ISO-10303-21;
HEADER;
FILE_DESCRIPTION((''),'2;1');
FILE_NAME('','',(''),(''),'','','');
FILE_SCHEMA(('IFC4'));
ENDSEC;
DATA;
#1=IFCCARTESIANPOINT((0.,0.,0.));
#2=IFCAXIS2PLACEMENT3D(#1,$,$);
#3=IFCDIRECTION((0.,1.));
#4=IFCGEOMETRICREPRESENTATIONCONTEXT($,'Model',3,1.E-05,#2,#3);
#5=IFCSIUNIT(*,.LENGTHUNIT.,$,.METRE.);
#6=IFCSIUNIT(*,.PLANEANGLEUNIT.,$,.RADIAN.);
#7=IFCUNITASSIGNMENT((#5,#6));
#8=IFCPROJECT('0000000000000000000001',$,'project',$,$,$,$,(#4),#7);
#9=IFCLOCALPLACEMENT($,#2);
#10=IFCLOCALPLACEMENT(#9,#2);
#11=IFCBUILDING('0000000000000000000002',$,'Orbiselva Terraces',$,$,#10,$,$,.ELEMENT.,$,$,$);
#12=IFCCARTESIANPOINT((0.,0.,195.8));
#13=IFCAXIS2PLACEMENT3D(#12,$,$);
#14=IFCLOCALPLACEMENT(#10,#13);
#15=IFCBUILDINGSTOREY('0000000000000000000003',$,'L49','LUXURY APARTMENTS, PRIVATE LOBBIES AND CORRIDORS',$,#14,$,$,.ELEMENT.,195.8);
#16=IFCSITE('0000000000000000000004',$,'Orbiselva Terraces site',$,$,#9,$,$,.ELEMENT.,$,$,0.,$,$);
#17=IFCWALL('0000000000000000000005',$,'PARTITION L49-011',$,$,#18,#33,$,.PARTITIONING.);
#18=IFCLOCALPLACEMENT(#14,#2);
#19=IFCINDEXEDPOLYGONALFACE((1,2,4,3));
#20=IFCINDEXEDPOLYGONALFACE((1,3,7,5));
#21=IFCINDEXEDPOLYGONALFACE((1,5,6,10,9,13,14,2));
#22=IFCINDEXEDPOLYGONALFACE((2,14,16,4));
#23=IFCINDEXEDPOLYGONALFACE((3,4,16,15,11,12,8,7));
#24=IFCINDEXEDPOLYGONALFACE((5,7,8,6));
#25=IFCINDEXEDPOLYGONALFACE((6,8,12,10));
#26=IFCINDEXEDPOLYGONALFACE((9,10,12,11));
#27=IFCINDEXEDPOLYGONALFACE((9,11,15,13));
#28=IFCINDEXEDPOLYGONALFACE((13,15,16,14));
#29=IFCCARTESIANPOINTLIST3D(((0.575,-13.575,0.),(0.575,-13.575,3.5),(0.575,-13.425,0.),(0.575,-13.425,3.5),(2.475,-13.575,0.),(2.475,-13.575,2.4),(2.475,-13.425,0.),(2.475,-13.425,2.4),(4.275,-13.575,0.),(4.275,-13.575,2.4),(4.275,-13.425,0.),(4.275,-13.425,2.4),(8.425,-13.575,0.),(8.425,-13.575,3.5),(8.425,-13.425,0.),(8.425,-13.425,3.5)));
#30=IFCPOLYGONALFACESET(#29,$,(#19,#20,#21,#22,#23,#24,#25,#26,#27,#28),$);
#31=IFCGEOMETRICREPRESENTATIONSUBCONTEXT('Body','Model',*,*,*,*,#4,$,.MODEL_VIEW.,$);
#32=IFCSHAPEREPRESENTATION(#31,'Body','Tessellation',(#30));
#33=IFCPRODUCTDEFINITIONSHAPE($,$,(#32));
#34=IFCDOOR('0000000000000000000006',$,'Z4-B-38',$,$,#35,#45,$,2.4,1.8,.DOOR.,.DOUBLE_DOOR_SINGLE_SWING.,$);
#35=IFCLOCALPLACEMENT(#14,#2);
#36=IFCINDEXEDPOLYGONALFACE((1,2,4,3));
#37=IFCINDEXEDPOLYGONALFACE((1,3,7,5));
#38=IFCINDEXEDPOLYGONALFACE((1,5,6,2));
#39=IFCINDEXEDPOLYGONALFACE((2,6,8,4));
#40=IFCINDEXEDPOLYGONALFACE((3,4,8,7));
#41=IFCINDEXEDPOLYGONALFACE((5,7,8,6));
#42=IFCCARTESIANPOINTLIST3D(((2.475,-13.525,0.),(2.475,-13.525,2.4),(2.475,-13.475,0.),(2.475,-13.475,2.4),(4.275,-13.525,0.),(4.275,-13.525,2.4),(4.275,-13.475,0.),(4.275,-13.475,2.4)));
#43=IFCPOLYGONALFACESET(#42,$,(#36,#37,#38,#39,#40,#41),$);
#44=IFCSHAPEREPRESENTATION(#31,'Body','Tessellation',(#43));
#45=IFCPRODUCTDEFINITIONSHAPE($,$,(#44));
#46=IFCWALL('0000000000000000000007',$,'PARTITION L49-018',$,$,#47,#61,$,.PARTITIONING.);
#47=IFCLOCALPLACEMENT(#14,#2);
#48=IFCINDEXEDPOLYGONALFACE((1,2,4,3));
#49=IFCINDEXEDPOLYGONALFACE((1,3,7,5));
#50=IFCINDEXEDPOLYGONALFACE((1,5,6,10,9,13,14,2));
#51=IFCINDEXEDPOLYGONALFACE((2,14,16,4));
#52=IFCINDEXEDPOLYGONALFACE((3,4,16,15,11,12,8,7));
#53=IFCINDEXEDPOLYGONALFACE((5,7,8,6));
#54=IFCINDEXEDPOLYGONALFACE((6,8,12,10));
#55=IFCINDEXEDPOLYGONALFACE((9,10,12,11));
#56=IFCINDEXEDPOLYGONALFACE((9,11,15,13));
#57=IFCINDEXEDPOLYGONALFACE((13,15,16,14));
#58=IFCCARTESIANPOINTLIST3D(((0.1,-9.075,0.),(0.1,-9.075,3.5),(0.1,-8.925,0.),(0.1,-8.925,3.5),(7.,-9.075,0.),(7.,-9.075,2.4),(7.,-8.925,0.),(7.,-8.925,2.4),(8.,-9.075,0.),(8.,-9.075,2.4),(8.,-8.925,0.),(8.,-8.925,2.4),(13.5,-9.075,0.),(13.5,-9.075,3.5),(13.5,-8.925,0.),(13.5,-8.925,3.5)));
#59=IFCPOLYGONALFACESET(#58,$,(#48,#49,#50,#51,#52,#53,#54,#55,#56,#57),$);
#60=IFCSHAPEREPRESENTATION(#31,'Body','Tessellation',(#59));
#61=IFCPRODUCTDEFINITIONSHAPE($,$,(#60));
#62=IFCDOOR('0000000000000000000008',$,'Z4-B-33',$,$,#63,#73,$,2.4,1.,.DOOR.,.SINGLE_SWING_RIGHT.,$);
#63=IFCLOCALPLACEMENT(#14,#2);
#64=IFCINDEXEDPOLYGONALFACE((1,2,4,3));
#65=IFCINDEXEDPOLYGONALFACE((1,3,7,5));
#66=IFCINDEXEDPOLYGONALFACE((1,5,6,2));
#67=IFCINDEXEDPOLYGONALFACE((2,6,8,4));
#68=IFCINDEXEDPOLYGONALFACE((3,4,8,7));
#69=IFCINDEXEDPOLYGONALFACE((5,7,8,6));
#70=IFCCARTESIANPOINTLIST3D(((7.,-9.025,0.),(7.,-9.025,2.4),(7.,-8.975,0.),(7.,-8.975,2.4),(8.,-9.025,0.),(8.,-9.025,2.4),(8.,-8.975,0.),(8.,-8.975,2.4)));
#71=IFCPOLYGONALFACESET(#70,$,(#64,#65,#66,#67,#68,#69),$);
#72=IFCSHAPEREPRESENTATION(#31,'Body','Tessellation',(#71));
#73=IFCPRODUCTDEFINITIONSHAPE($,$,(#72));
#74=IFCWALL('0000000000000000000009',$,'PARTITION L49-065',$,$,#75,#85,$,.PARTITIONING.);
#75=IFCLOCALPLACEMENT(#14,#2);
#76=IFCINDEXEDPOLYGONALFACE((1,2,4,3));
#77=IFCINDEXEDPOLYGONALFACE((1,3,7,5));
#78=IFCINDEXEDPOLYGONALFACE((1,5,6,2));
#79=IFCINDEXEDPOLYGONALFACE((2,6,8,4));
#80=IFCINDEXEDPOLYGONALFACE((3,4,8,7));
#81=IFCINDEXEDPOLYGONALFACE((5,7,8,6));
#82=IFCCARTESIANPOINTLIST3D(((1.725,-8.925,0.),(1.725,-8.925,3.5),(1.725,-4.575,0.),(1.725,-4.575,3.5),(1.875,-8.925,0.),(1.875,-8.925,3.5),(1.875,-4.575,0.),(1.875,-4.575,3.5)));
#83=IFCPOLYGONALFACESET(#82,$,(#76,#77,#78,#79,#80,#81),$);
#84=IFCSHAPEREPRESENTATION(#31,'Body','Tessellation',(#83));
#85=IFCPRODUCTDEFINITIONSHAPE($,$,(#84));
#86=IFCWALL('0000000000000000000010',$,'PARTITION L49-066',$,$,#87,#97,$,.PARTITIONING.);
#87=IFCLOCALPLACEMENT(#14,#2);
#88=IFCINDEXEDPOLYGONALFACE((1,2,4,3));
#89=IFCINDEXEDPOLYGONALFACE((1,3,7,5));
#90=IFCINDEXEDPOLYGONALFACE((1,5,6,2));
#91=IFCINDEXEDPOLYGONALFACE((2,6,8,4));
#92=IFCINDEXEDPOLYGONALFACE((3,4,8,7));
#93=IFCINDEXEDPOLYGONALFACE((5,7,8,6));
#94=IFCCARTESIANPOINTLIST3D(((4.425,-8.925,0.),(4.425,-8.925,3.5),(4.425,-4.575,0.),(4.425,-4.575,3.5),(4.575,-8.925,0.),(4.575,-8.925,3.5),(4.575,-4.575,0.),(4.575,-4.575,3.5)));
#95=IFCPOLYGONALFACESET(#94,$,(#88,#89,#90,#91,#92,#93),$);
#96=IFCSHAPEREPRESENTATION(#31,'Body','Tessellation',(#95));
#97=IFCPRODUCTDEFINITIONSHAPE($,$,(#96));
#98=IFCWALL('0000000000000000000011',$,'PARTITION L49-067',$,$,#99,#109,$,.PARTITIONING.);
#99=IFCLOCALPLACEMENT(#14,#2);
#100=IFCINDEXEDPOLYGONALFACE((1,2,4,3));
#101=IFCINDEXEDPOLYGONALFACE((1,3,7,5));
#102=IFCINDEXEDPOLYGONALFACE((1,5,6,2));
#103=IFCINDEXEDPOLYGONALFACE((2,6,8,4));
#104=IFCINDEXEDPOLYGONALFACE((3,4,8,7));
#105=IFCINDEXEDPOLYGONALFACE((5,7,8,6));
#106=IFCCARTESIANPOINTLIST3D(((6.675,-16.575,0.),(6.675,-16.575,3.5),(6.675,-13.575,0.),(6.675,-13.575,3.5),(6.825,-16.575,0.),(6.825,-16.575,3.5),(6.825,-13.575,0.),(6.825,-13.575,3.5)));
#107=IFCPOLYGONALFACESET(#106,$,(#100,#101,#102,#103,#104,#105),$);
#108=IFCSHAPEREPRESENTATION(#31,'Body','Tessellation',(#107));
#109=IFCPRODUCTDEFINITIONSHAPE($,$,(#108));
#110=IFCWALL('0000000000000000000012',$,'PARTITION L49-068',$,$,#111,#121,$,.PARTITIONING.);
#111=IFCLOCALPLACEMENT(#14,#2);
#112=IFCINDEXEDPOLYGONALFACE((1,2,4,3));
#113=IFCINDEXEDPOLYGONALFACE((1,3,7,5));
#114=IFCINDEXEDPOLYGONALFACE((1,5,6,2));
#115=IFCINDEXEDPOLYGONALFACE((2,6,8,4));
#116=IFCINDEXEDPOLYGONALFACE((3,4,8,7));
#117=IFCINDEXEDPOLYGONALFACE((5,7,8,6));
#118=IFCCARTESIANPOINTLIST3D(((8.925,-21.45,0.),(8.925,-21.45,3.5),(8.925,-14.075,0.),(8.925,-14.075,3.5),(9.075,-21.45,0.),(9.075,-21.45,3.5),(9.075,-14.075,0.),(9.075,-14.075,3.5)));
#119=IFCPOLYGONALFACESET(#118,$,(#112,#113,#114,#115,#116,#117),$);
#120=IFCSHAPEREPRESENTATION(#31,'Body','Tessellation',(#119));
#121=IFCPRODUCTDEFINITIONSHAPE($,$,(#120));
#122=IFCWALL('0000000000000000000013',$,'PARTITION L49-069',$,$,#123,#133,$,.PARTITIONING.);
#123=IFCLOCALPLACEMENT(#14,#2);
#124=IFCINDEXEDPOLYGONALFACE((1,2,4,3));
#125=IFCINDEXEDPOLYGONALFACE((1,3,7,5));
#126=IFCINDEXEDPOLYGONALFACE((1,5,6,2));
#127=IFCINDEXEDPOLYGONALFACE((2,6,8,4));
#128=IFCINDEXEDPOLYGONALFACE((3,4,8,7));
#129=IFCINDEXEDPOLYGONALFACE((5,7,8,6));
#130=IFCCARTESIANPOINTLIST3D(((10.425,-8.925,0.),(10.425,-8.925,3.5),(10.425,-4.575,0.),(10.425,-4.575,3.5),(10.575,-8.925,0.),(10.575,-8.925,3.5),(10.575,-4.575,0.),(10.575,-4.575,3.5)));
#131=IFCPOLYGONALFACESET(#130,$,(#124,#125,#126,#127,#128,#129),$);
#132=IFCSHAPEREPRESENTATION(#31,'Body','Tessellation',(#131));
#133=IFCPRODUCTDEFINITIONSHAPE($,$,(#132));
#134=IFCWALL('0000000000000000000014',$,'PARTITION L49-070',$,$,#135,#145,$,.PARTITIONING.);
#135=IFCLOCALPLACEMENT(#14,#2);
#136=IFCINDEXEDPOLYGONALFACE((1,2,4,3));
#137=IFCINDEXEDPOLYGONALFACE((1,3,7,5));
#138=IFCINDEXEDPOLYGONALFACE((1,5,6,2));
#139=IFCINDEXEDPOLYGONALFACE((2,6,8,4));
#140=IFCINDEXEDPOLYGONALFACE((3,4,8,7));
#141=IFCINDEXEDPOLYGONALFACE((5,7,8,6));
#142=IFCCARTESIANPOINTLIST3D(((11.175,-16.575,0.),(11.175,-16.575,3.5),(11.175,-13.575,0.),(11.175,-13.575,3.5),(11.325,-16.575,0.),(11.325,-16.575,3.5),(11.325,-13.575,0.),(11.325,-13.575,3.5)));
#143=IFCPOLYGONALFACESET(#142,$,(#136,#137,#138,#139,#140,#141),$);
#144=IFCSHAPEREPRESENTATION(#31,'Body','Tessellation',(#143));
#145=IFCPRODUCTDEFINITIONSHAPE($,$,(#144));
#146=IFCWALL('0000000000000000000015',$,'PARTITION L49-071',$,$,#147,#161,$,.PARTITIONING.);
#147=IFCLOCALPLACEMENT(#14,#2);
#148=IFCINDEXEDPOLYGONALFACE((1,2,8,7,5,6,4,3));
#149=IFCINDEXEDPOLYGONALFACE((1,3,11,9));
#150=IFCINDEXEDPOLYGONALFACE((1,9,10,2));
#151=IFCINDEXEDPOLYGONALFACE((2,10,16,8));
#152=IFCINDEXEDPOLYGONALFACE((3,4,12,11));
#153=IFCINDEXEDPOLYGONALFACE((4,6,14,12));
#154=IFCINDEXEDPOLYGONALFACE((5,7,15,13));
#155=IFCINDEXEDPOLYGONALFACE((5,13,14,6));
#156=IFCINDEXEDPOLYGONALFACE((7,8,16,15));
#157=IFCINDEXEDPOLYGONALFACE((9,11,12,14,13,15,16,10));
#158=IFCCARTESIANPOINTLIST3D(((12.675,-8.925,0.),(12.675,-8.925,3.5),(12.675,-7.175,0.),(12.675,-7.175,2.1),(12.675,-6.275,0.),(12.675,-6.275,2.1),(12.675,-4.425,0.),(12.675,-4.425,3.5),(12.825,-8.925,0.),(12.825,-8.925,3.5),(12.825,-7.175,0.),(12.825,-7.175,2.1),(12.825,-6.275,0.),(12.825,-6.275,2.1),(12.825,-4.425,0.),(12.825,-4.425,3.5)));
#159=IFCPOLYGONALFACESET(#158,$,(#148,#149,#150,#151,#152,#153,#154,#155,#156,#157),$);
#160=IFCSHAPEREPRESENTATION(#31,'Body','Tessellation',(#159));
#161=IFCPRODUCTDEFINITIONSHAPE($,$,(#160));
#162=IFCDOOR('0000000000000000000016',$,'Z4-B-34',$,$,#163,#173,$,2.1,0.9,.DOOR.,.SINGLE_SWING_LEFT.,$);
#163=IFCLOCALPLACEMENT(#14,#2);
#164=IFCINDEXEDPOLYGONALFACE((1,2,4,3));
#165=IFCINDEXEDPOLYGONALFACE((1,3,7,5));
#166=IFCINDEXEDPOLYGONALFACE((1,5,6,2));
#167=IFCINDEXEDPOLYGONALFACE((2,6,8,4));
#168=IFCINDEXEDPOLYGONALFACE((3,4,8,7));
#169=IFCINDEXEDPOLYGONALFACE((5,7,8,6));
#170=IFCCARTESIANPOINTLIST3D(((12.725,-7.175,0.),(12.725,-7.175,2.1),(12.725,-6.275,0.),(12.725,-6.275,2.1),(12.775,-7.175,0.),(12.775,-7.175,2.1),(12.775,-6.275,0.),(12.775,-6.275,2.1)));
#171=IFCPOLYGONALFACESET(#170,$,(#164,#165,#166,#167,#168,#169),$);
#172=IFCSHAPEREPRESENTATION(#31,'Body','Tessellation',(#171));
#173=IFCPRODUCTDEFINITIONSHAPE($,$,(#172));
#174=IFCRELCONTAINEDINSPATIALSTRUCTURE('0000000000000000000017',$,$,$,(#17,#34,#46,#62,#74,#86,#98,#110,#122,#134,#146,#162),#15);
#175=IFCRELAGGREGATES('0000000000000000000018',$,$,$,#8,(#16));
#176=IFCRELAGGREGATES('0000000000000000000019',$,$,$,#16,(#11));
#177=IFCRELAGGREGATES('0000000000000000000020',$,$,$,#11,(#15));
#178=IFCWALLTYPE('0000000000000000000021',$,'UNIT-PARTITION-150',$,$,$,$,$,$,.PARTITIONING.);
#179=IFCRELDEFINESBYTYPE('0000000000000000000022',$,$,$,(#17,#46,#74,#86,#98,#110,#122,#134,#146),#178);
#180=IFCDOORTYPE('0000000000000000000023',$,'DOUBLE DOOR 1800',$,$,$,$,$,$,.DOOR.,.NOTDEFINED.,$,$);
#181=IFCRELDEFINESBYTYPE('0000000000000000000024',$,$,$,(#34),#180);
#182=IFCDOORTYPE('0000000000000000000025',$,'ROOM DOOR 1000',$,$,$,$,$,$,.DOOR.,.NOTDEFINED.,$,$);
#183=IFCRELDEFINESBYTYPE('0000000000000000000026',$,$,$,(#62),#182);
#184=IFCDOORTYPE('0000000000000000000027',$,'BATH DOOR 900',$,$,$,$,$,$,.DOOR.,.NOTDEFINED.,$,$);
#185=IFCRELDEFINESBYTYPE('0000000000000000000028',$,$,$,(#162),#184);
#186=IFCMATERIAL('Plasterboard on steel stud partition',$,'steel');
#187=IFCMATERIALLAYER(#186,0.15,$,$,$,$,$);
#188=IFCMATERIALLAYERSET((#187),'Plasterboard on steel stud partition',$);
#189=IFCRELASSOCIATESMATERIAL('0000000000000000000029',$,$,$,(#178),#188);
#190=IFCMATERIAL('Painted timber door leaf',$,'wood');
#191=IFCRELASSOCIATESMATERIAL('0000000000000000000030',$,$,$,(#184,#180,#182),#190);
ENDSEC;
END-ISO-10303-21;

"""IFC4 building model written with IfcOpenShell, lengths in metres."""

from ifc_helpers import new_model, si_unit, direction, frame, frame_2d, origin, place, context, subcontext, project, spatial, rectangle, extrude, material, layer, layer_set, type_object, element, fill, save


model = new_model("IFC4")

# Units and contexts
model_context = context("Model", 3, precision=1e-05, world=origin(), true_north=direction((0.0, 1.0)))
body_context = subcontext(model_context, "Body", "Model", "MODEL_VIEW")
ifc_project = project(units=[si_unit("LENGTHUNIT", "METRE"), si_unit("PLANEANGLEUNIT", "RADIAN")], contexts=[model_context])

# Site, building, storey
site_placement = place(None, origin())
site = spatial("IfcSite", under=ifc_project, at=site_placement, Name="Orbiselva Terraces site", CompositionType="ELEMENT", RefElevation=0.0)
building_placement = place(site_placement, origin())
building = spatial("IfcBuilding", under=site, at=building_placement, Name="Orbiselva Terraces", CompositionType="ELEMENT")
storey_placement = place(building_placement, frame((0.0, 0.0, 195.8)))
storey = spatial("IfcBuildingStorey", under=building, at=storey_placement, Name="L49", Description="LUXURY APARTMENTS, PRIVATE LOBBIES AND CORRIDORS", CompositionType="ELEMENT", Elevation=195.8)

# Shared definitions
ifc_material_1 = material(Name="Plasterboard on steel stud partition", Category="steel")

# Walls, openings, doors
ifc_layer_1 = layer(ifc_material_1, 0.15)
ifc_layer_set_1 = layer_set([ifc_layer_1], Name="Plasterboard on steel stud partition")
wall_type_1 = type_object("IfcWallType", Name="UNIT-PARTITION-150", PredefinedType="PARTITIONING", material=ifc_layer_set_1)
ifc_material_2 = material(Name="Painted timber door leaf", Category="wood")
door_type_1 = type_object("IfcDoorType", Name="BATH DOOR 900", OperationType="NOTDEFINED", PredefinedType="DOOR", material=ifc_material_2)
wall_1_placement = place(storey_placement, frame((8.425, -13.5, 0.0), z_axis=(0.0, 0.0, 1.0), x_axis=(-1.0, 0.0, 0.0)))
wall_1 = element("IfcWall", 1, at=wall_1_placement, inside=storey, type_object=wall_type_1, Name="PARTITION L49-011", PredefinedType="PARTITIONING", context=body_context, shape_type="SweptSolid", body=[
    extrude(rectangle(XDim=7.85, YDim=0.15, at=frame_2d((3.925, 0.0))), origin(), (0.0, 0.0, 1.0), 3.5),
])
opening_1_placement = place(wall_1_placement, frame((4.15, 0.0, 0.0)))
opening_1 = element("IfcOpeningElement", 2, at=opening_1_placement, cuts=wall_1, PredefinedType="OPENING", context=body_context, shape_type="SweptSolid", body=[
    extrude(rectangle(XDim=1.8, YDim=2.4, at=frame_2d((0.9, 1.2))), frame((0.0, 0.085, 0.0), z_axis=(0.0, -1.0, 0.0), x_axis=(1.0, 0.0, 0.0)), (0.0, 0.0, 1.0), 0.17),
])
door_type_2 = type_object("IfcDoorType", Name="DOUBLE DOOR 1800", OperationType="NOTDEFINED", PredefinedType="DOOR", material=ifc_material_2)
door_1_placement = place(opening_1_placement, origin())
door_1 = element("IfcDoor", 3, at=door_1_placement, inside=storey, type_object=door_type_2, Name="Z4-B-38", OperationType="DOUBLE_DOOR_SINGLE_SWING", OverallHeight=2.4, OverallWidth=1.8, PredefinedType="DOOR", context=body_context, shape_type="SweptSolid", body=[
    extrude(rectangle(XDim=1.8, YDim=2.4, at=frame_2d((0.9, 1.2))), frame((0.0, 0.025, 0.0), z_axis=(0.0, -1.0, 0.0), x_axis=(1.0, 0.0, 0.0)), (0.0, 0.0, 1.0), 0.05),
])
fill(opening_1, door_1)
wall_2_placement = place(storey_placement, frame((0.1, -9.0, 0.0), z_axis=(0.0, 0.0, 1.0), x_axis=(1.0, 0.0, 0.0)))
wall_2 = element("IfcWall", 4, at=wall_2_placement, inside=storey, type_object=wall_type_1, Name="PARTITION L49-018", PredefinedType="PARTITIONING", context=body_context, shape_type="SweptSolid", body=[
    extrude(rectangle(XDim=13.4, YDim=0.15, at=frame_2d((6.7, 0.0))), origin(), (0.0, 0.0, 1.0), 3.5),
])
opening_2_placement = place(wall_2_placement, frame((6.9, 0.0, 0.0)))
opening_2 = element("IfcOpeningElement", 5, at=opening_2_placement, cuts=wall_2, PredefinedType="OPENING", context=body_context, shape_type="SweptSolid", body=[
    extrude(rectangle(XDim=1.0, YDim=2.4, at=frame_2d((0.5, 1.2))), frame((0.0, 0.085, 0.0), z_axis=(0.0, -1.0, 0.0), x_axis=(1.0, 0.0, 0.0)), (0.0, 0.0, 1.0), 0.17),
])
door_type_3 = type_object("IfcDoorType", Name="ROOM DOOR 1000", OperationType="NOTDEFINED", PredefinedType="DOOR", material=ifc_material_2)
door_2_placement = place(opening_2_placement, origin())
door_2 = element("IfcDoor", 6, at=door_2_placement, inside=storey, type_object=door_type_3, Name="Z4-B-33", OperationType="SINGLE_SWING_RIGHT", OverallHeight=2.4, OverallWidth=1.0, PredefinedType="DOOR", context=body_context, shape_type="SweptSolid", body=[
    extrude(rectangle(XDim=1.0, YDim=2.4, at=frame_2d((0.5, 1.2))), frame((0.0, 0.025, 0.0), z_axis=(0.0, -1.0, 0.0), x_axis=(1.0, 0.0, 0.0)), (0.0, 0.0, 1.0), 0.05),
])
fill(opening_2, door_2)

# Walls
for number, where, z_axis, x_axis, name in (
    (7, (1.8, -8.925, 0.0), (0.0, 0.0, 1.0), (0.0, 1.0, 0.0), "PARTITION L49-065"),
    (8, (4.5, -8.925, 0.0), (0.0, 0.0, 1.0), (0.0, 1.0, 0.0), "PARTITION L49-066"),
):
    element("IfcWall", number, at=place(storey_placement, frame(where, z_axis=z_axis, x_axis=x_axis)), inside=storey, type_object=wall_type_1, Name=name, PredefinedType="PARTITIONING", context=body_context, shape_type="SweptSolid", body=[
        extrude(rectangle(XDim=4.35, YDim=0.15, at=frame_2d((2.175, 0.0))), origin(), (0.0, 0.0, 1.0), 3.5),
    ])
wall_3_placement = place(storey_placement, frame((6.75, -16.575, 0.0), z_axis=(0.0, 0.0, 1.0), x_axis=(0.0, 1.0, 0.0)))
element("IfcWall", 9, at=wall_3_placement, inside=storey, type_object=wall_type_1, Name="PARTITION L49-067", PredefinedType="PARTITIONING", context=body_context, shape_type="SweptSolid", body=[
    extrude(rectangle(XDim=3.0, YDim=0.15, at=frame_2d((1.5, 0.0))), origin(), (0.0, 0.0, 1.0), 3.5),
])
wall_4_placement = place(storey_placement, frame((9.0, -21.45, 0.0), z_axis=(0.0, 0.0, 1.0), x_axis=(0.0, 1.0, 0.0)))
element("IfcWall", 10, at=wall_4_placement, inside=storey, type_object=wall_type_1, Name="PARTITION L49-068", PredefinedType="PARTITIONING", context=body_context, shape_type="SweptSolid", body=[
    extrude(rectangle(XDim=7.375, YDim=0.15, at=frame_2d((3.6875, 0.0))), origin(), (0.0, 0.0, 1.0), 3.5),
])
wall_5_placement = place(storey_placement, frame((10.5, -8.925, 0.0), z_axis=(0.0, 0.0, 1.0), x_axis=(0.0, 1.0, 0.0)))
element("IfcWall", 11, at=wall_5_placement, inside=storey, type_object=wall_type_1, Name="PARTITION L49-069", PredefinedType="PARTITIONING", context=body_context, shape_type="SweptSolid", body=[
    extrude(rectangle(XDim=4.35, YDim=0.15, at=frame_2d((2.175, 0.0))), origin(), (0.0, 0.0, 1.0), 3.5),
])
wall_6_placement = place(storey_placement, frame((11.25, -16.575, 0.0), z_axis=(0.0, 0.0, 1.0), x_axis=(0.0, 1.0, 0.0)))
element("IfcWall", 12, at=wall_6_placement, inside=storey, type_object=wall_type_1, Name="PARTITION L49-070", PredefinedType="PARTITIONING", context=body_context, shape_type="SweptSolid", body=[
    extrude(rectangle(XDim=3.0, YDim=0.15, at=frame_2d((1.5, 0.0))), origin(), (0.0, 0.0, 1.0), 3.5),
])

# Wall, opening, door
wall_7_placement = place(storey_placement, frame((12.75, -8.925, 0.0), z_axis=(0.0, 0.0, 1.0), x_axis=(0.0, 1.0, 0.0)))
wall_7 = element("IfcWall", 13, at=wall_7_placement, inside=storey, type_object=wall_type_1, Name="PARTITION L49-071", PredefinedType="PARTITIONING", context=body_context, shape_type="SweptSolid", body=[
    extrude(rectangle(XDim=4.5, YDim=0.15, at=frame_2d((2.25, 0.0))), origin(), (0.0, 0.0, 1.0), 3.5),
])
opening_3_placement = place(wall_7_placement, frame((1.75, 0.0, 0.0)))
opening_3 = element("IfcOpeningElement", 14, at=opening_3_placement, cuts=wall_7, PredefinedType="OPENING", context=body_context, shape_type="SweptSolid", body=[
    extrude(rectangle(XDim=0.9, YDim=2.1, at=frame_2d((0.45, 1.05))), frame((0.0, 0.085, 0.0), z_axis=(0.0, -1.0, 0.0), x_axis=(1.0, 0.0, 0.0)), (0.0, 0.0, 1.0), 0.17),
])
door_3_placement = place(opening_3_placement, origin())
door_3 = element("IfcDoor", 15, at=door_3_placement, inside=storey, type_object=door_type_1, Name="Z4-B-34", OperationType="SINGLE_SWING_LEFT", OverallHeight=2.1, OverallWidth=0.9, PredefinedType="DOOR", context=body_context, shape_type="SweptSolid", body=[
    extrude(rectangle(XDim=0.9, YDim=2.1, at=frame_2d((0.45, 1.05))), frame((0.0, 0.025, 0.0), z_axis=(0.0, -1.0, 0.0), x_axis=(1.0, 0.0, 0.0)), (0.0, 0.0, 1.0), 0.05),
])
fill(opening_3, door_3)

save(model, "model.ifc")
